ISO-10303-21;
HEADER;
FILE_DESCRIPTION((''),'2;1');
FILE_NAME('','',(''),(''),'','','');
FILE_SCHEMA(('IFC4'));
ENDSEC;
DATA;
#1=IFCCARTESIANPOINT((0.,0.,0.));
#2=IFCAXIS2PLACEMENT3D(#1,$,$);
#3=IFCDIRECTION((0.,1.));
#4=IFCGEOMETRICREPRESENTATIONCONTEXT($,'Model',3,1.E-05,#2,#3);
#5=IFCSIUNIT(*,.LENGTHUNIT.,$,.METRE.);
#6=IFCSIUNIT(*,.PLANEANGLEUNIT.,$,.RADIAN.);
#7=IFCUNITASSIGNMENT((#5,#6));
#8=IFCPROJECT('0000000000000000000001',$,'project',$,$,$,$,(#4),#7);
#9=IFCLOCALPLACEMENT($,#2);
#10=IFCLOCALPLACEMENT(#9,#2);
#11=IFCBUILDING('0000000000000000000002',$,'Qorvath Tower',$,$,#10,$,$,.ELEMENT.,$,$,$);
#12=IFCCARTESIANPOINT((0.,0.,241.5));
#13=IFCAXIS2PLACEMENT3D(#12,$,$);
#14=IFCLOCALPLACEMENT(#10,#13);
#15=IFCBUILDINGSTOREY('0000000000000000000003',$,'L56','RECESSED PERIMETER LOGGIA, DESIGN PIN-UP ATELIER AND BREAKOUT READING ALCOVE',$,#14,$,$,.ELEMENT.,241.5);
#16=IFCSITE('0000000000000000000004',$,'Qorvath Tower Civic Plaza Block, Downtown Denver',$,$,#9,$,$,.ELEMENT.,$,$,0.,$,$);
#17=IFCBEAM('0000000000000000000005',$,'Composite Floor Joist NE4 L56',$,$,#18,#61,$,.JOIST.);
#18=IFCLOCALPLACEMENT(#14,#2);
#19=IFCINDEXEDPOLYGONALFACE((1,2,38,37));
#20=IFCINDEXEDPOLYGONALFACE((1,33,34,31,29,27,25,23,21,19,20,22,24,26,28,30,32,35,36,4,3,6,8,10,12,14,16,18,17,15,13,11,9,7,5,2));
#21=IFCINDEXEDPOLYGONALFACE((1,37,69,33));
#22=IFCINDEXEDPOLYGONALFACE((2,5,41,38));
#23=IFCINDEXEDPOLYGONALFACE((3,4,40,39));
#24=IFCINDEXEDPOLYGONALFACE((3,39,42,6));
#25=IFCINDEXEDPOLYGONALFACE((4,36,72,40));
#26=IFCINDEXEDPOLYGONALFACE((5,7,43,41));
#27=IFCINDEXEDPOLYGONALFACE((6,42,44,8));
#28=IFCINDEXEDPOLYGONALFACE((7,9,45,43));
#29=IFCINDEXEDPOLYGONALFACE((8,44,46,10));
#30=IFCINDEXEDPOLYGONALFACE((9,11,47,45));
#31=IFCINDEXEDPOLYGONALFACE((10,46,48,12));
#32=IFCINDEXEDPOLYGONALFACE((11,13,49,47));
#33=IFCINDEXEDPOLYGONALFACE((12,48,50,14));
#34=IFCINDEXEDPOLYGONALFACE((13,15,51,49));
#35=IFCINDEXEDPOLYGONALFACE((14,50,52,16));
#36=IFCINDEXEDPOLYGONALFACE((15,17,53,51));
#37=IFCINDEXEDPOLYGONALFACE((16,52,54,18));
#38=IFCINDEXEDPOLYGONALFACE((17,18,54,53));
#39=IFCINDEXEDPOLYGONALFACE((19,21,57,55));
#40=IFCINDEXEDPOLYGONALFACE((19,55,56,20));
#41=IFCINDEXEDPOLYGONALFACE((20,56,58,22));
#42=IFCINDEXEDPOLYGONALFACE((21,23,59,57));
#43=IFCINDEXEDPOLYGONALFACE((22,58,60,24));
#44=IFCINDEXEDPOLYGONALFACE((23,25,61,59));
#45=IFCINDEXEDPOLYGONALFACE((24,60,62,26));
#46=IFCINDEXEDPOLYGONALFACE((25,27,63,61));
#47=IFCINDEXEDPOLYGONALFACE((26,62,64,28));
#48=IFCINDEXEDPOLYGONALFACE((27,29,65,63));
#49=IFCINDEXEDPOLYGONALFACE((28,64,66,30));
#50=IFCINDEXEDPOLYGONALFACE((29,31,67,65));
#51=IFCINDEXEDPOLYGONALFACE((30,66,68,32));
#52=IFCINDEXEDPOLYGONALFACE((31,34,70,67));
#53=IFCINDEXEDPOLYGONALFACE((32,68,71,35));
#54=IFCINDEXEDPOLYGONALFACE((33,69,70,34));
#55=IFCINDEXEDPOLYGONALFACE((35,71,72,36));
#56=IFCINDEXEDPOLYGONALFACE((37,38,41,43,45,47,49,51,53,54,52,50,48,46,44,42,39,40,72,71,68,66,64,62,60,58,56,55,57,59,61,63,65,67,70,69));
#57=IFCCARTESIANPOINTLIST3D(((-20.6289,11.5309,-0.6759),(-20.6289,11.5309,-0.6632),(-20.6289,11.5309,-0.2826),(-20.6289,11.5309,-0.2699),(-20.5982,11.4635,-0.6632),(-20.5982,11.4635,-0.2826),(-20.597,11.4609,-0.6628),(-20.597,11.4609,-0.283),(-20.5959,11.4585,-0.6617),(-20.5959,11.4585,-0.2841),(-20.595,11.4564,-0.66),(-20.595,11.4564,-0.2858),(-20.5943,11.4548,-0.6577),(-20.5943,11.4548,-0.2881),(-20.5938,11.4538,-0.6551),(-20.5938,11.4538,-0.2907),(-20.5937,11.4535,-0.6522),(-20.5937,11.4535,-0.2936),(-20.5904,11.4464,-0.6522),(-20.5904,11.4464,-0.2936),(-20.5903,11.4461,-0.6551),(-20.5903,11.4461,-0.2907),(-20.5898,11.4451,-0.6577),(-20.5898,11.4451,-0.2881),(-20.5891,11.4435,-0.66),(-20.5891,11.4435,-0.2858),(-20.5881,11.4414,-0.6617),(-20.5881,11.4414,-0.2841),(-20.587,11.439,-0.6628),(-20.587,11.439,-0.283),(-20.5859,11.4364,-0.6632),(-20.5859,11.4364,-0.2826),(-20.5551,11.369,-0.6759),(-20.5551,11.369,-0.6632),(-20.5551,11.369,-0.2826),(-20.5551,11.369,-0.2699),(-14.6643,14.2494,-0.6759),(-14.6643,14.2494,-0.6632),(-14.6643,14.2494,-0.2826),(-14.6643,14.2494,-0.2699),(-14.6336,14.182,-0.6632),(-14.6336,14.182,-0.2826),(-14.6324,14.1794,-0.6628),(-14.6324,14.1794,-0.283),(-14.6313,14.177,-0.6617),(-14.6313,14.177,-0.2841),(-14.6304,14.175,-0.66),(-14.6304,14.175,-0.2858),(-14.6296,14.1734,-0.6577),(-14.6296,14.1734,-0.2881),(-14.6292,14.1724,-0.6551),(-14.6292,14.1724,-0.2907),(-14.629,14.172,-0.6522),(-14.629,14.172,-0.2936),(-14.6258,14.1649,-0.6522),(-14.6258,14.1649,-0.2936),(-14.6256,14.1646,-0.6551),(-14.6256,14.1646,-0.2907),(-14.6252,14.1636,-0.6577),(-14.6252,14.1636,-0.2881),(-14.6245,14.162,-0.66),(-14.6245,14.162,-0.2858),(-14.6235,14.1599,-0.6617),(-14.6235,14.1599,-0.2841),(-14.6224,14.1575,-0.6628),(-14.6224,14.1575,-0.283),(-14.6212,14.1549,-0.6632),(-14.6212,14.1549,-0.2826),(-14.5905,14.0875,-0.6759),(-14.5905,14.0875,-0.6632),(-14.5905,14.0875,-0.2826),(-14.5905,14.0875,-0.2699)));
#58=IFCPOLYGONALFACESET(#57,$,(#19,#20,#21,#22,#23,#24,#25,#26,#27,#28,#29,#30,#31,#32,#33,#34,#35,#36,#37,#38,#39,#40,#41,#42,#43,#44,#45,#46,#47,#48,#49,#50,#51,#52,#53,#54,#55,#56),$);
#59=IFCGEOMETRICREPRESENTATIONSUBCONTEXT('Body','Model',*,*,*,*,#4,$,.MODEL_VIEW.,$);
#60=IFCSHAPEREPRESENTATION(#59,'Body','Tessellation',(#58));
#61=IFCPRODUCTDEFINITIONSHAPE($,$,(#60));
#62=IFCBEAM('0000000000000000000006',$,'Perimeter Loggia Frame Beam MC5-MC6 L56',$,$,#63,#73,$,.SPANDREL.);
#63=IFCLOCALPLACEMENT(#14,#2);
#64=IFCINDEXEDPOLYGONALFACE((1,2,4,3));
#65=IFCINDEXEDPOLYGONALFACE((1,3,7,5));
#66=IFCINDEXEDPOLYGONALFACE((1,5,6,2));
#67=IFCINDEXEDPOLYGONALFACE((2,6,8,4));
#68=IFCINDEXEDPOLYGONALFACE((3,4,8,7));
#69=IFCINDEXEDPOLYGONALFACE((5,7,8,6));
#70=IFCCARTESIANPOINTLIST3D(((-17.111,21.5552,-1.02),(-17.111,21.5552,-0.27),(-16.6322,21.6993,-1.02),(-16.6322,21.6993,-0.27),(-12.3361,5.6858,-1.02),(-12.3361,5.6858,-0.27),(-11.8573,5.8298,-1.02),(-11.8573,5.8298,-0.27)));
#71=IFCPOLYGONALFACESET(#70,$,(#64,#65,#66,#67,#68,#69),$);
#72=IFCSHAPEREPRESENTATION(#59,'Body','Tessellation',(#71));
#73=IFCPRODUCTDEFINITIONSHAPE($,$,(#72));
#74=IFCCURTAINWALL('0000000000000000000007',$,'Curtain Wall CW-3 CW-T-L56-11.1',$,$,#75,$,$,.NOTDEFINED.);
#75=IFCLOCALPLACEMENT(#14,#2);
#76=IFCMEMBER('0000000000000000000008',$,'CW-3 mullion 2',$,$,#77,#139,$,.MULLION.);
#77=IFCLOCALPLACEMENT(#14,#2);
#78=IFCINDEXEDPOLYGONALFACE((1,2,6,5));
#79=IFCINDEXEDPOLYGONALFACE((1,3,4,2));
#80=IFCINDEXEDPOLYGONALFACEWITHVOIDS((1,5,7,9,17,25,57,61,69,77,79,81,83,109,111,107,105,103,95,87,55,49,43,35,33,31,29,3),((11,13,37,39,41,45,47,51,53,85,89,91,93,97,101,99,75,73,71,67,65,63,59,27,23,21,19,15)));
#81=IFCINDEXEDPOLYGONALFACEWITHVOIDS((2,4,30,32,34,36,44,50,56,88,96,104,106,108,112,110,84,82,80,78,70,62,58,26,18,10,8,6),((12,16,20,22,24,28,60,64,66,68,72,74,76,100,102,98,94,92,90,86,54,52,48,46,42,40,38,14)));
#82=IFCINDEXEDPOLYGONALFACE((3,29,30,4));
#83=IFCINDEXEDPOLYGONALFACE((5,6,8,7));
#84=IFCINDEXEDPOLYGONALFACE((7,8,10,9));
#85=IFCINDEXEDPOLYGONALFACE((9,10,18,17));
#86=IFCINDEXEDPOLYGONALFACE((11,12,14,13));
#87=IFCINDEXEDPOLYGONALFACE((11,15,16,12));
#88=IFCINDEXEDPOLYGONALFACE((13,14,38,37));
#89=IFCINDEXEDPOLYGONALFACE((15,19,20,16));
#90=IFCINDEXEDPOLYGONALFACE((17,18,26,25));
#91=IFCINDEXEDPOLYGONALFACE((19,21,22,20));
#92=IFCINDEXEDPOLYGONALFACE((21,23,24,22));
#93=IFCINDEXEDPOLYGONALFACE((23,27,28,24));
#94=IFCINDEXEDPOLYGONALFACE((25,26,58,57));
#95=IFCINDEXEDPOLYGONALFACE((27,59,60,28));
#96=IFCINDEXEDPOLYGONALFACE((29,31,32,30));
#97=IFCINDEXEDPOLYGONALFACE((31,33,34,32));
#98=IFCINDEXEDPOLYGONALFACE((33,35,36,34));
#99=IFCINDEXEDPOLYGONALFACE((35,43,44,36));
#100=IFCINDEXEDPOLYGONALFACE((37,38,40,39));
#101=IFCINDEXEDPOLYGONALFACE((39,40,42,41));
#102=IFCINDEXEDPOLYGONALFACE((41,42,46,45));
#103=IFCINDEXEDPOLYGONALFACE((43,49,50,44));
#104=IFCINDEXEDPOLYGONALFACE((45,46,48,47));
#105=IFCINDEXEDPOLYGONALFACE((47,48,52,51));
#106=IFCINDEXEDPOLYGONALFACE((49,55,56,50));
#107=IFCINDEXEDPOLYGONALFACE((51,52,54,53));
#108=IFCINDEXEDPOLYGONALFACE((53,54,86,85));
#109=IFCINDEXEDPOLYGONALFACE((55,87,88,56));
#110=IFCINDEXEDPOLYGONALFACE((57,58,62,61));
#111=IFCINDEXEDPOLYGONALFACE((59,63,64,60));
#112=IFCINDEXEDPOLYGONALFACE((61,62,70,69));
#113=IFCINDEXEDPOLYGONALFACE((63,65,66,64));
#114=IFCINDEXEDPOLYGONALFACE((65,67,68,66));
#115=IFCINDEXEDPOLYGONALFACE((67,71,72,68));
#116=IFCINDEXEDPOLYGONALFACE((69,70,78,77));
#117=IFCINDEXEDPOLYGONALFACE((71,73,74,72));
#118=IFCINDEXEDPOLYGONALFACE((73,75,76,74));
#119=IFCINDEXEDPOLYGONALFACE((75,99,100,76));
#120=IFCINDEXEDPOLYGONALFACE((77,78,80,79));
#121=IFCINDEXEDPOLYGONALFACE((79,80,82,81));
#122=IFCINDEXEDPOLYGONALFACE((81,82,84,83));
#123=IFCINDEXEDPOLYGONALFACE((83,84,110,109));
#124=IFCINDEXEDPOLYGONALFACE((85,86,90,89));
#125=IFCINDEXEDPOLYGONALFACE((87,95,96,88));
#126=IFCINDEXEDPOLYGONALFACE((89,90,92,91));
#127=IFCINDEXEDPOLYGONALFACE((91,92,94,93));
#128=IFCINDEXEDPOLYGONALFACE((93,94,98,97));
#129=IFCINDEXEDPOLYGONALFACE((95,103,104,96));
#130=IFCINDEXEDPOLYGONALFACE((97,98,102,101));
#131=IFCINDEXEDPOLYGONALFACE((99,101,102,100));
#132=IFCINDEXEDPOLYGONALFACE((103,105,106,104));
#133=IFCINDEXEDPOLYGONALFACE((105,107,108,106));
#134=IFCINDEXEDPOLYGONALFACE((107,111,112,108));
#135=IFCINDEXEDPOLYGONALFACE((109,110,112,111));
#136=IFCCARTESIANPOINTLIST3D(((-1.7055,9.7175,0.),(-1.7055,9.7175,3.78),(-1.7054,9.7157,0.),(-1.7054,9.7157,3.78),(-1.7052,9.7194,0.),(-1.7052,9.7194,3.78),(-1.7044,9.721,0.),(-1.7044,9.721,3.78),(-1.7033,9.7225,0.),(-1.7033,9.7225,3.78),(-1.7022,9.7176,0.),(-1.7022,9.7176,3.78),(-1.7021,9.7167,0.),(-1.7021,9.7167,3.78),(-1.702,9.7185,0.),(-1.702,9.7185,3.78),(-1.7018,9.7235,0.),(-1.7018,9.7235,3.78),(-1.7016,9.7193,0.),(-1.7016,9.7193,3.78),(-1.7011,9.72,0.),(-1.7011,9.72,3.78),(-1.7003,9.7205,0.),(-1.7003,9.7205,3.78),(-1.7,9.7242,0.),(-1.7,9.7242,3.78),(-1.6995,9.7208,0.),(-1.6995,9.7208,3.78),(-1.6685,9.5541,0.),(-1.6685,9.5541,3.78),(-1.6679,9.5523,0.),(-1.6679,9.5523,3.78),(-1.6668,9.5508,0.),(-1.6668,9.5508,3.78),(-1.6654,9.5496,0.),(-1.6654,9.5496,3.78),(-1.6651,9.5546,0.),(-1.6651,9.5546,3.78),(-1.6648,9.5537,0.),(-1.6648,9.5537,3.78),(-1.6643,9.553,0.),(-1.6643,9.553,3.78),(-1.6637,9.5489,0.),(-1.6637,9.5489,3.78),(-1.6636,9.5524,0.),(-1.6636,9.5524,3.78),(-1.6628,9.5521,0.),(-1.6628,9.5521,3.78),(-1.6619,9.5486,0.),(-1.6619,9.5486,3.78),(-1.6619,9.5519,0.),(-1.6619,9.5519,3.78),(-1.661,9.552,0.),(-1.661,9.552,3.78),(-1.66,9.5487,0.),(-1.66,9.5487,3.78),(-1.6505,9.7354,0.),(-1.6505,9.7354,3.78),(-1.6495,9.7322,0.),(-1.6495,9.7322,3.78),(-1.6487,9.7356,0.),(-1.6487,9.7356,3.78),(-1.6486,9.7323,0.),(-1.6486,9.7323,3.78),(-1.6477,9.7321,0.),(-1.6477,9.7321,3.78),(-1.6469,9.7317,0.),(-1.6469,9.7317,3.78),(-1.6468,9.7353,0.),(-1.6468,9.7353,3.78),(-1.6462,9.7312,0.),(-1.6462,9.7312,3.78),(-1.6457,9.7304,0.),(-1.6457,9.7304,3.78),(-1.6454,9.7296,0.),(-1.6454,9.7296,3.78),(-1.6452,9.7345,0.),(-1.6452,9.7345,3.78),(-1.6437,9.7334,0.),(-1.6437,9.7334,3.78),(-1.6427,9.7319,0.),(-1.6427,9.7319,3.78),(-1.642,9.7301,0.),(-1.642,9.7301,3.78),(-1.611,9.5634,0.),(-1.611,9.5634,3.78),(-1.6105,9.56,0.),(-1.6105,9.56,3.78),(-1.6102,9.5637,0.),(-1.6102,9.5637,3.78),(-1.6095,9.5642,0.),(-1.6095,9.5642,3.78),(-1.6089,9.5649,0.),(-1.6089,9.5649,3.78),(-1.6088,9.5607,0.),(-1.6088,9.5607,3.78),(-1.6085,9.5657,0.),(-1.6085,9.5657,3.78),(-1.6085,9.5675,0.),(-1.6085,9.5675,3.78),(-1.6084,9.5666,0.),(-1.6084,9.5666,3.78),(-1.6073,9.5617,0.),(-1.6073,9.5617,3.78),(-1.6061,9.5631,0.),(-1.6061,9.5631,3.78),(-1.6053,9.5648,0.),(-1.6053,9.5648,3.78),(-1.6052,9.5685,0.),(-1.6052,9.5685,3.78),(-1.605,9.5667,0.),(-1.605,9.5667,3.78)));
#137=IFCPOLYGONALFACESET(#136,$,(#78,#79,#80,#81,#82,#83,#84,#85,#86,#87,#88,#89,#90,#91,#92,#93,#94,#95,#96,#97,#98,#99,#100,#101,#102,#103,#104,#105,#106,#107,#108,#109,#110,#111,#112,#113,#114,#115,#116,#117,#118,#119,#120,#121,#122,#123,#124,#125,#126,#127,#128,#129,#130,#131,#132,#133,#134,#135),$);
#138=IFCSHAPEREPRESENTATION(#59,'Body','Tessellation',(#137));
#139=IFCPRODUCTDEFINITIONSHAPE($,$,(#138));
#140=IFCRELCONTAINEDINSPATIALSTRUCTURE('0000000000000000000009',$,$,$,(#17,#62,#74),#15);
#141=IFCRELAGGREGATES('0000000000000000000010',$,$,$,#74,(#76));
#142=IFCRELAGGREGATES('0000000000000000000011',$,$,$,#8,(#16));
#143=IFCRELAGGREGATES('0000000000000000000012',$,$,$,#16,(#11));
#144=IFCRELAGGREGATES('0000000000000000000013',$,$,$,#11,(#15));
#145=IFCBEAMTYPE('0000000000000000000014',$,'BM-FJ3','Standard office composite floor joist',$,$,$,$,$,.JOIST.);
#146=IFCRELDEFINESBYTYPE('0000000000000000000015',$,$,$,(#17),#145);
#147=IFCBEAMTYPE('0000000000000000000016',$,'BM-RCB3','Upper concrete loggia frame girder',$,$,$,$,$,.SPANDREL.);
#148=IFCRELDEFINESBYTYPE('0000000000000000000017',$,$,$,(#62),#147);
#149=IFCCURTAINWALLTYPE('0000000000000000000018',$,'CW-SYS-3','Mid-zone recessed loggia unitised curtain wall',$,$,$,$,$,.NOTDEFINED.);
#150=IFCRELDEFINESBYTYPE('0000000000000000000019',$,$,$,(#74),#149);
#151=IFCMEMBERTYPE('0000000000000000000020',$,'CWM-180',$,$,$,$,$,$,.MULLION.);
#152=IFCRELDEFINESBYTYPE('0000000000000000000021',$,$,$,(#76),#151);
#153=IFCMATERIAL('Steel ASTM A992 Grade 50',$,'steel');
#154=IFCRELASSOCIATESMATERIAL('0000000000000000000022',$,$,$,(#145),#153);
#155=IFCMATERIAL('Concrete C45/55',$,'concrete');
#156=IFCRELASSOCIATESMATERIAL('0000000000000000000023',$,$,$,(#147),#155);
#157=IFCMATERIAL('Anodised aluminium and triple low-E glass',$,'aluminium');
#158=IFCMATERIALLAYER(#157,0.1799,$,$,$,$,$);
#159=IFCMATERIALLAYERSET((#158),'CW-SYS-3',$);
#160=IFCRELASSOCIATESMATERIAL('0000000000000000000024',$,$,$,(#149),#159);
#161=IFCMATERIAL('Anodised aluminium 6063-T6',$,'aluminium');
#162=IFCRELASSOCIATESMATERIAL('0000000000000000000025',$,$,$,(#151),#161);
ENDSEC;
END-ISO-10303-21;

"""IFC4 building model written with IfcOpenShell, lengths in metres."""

from ifc_helpers import new_model, si_unit, direction, frame, origin, origin_2d, place, context, subcontext, project, spatial, rectangle, hollow_rectangle, i_section, extrude, material, layer, layer_set, material_profile, profile_set, type_object, element, aggregate, save


model = new_model("IFC4")

# Units and contexts
model_context = context("Model", 3, precision=1e-05, world=origin(), true_north=direction((0.0, 1.0)))
body_context = subcontext(model_context, "Body", "Model", "MODEL_VIEW")
ifc_project = project(units=[si_unit("LENGTHUNIT", "METRE"), si_unit("PLANEANGLEUNIT", "RADIAN")], contexts=[model_context])

# Site, building, storey
site_placement = place(None, origin())
site = spatial("IfcSite", under=ifc_project, at=site_placement, Name="Qorvath Tower Civic Plaza Block, Downtown Denver", CompositionType="ELEMENT", RefElevation=0.0)
building_placement = place(site_placement, origin())
building = spatial("IfcBuilding", under=site, at=building_placement, Name="Qorvath Tower", CompositionType="ELEMENT")
storey_placement = place(building_placement, frame((0.0, 0.0, 241.5)))
storey = spatial("IfcBuildingStorey", under=building, at=storey_placement, Name="L56", Description="RECESSED PERIMETER LOGGIA, DESIGN PIN-UP ATELIER AND BREAKOUT READING ALCOVE", CompositionType="ELEMENT", Elevation=241.5)

# Beams
ifc_material_1 = material(Name="Steel ASTM A992 Grade 50", Category="steel")
ifc_material_profile_1 = material_profile(ifc_material_1, i_section(OverallWidth=0.178, OverallDepth=0.406, WebThickness=0.0078, FlangeThickness=0.0127, FilletRadius=0.011, at=origin_2d()), Name="W16x40")
ifc_profile_set_1 = profile_set([ifc_material_profile_1], Name="Steel ASTM A992 Grade 50")
beam_type_1 = type_object("IfcBeamType", Name="BM-FJ3", Description="Standard office composite floor joist", PredefinedType="JOIST", material=ifc_profile_set_1)
beam_1_placement = place(storey_placement, frame((-20.592, 11.45, -0.4729), z_axis=(0.909945, 0.414729, 0.0), x_axis=(-0.414729, 0.909945, 0.0)))
element("IfcBeam", 1, at=beam_1_placement, inside=storey, type_object=beam_type_1, Name="Composite Floor Joist NE4 L56", PredefinedType="JOIST", context=body_context, shape_type="SweptSolid", body=[
    extrude(i_section(OverallWidth=0.178, OverallDepth=0.406, WebThickness=0.0078, FlangeThickness=0.0127, FilletRadius=0.011, at=origin_2d()), origin(), (0.0, 0.0, 1.0), 6.5549),
])
ifc_material_2 = material(Name="Concrete C45/55", Category="concrete")
ifc_material_profile_2 = material_profile(ifc_material_2, rectangle(XDim=0.5, YDim=0.75, at=origin_2d()), Name="RCB 750x500")
ifc_profile_set_2 = profile_set([ifc_material_profile_2], Name="Concrete C45/55")
beam_type_2 = type_object("IfcBeamType", Name="BM-RCB3", Description="Upper concrete loggia frame girder", PredefinedType="SPANDREL", material=ifc_profile_set_2)
beam_2_placement = place(storey_placement, frame((-12.0967, 5.7578, -0.645), z_axis=(-0.288128, 0.957592, 0.0), x_axis=(-0.957592, -0.288128, 0.0)))
element("IfcBeam", 2, at=beam_2_placement, inside=storey, type_object=beam_type_2, Name="Perimeter Loggia Frame Beam MC5-MC6 L56", PredefinedType="SPANDREL", context=body_context, shape_type="SweptSolid", body=[
    extrude(rectangle(XDim=0.5, YDim=0.75, at=origin_2d()), origin(), (0.0, 0.0, 1.0), 16.5723),
])

# Curtain wall, member
ifc_material_3 = material(Name="Anodised aluminium and triple low-E glass", Category="aluminium")
ifc_layer_1 = layer(ifc_material_3, 0.1799)
ifc_layer_set_1 = layer_set([ifc_layer_1], Name="CW-SYS-3")
curtain_wall_type = type_object("IfcCurtainWallType", Name="CW-SYS-3", Description="Mid-zone recessed loggia unitised curtain wall", PredefinedType="NOTDEFINED", material=ifc_layer_set_1)
curtain_wall_1_placement = place(storey_placement, origin())
curtain_wall_1 = element("IfcCurtainWall", 3, at=curtain_wall_1_placement, inside=storey, type_object=curtain_wall_type, Name="Curtain Wall CW-3 CW-T-L56-11.1", PredefinedType="NOTDEFINED")
ifc_material_4 = material(Name="Anodised aluminium 6063-T6", Category="aluminium")
ifc_material_profile_3 = material_profile(ifc_material_4, hollow_rectangle(XDim=0.0649, YDim=0.1799, WallThickness=0.0034, InnerFilletRadius=0.0034, OuterFilletRadius=0.0071, at=origin_2d()), Name="CWM 180x65")
ifc_profile_set_3 = profile_set([ifc_material_profile_3], Name="Anodised aluminium 6063-T6")
member_type_1 = type_object("IfcMemberType", Name="CWM-180", PredefinedType="MULLION", material=ifc_profile_set_3)
member_1_placement = place(storey_placement, frame((-1.6553, 9.6421, 0.0), z_axis=(0.0, 0.0, 1.0), x_axis=(-0.975, -0.222206, 0.0)))
member_1 = element("IfcMember", 4, at=member_1_placement, type_object=member_type_1, Name="CW-3 mullion 2", PredefinedType="MULLION", context=body_context, shape_type="SweptSolid", body=[
    extrude(hollow_rectangle(XDim=0.0649, YDim=0.1799, WallThickness=0.0034, InnerFilletRadius=0.0034, OuterFilletRadius=0.0071, at=origin_2d()), origin(), (0.0, 0.0, 1.0), 3.78),
])

aggregate(curtain_wall_1, [member_1])

save(model, "model.ifc")
